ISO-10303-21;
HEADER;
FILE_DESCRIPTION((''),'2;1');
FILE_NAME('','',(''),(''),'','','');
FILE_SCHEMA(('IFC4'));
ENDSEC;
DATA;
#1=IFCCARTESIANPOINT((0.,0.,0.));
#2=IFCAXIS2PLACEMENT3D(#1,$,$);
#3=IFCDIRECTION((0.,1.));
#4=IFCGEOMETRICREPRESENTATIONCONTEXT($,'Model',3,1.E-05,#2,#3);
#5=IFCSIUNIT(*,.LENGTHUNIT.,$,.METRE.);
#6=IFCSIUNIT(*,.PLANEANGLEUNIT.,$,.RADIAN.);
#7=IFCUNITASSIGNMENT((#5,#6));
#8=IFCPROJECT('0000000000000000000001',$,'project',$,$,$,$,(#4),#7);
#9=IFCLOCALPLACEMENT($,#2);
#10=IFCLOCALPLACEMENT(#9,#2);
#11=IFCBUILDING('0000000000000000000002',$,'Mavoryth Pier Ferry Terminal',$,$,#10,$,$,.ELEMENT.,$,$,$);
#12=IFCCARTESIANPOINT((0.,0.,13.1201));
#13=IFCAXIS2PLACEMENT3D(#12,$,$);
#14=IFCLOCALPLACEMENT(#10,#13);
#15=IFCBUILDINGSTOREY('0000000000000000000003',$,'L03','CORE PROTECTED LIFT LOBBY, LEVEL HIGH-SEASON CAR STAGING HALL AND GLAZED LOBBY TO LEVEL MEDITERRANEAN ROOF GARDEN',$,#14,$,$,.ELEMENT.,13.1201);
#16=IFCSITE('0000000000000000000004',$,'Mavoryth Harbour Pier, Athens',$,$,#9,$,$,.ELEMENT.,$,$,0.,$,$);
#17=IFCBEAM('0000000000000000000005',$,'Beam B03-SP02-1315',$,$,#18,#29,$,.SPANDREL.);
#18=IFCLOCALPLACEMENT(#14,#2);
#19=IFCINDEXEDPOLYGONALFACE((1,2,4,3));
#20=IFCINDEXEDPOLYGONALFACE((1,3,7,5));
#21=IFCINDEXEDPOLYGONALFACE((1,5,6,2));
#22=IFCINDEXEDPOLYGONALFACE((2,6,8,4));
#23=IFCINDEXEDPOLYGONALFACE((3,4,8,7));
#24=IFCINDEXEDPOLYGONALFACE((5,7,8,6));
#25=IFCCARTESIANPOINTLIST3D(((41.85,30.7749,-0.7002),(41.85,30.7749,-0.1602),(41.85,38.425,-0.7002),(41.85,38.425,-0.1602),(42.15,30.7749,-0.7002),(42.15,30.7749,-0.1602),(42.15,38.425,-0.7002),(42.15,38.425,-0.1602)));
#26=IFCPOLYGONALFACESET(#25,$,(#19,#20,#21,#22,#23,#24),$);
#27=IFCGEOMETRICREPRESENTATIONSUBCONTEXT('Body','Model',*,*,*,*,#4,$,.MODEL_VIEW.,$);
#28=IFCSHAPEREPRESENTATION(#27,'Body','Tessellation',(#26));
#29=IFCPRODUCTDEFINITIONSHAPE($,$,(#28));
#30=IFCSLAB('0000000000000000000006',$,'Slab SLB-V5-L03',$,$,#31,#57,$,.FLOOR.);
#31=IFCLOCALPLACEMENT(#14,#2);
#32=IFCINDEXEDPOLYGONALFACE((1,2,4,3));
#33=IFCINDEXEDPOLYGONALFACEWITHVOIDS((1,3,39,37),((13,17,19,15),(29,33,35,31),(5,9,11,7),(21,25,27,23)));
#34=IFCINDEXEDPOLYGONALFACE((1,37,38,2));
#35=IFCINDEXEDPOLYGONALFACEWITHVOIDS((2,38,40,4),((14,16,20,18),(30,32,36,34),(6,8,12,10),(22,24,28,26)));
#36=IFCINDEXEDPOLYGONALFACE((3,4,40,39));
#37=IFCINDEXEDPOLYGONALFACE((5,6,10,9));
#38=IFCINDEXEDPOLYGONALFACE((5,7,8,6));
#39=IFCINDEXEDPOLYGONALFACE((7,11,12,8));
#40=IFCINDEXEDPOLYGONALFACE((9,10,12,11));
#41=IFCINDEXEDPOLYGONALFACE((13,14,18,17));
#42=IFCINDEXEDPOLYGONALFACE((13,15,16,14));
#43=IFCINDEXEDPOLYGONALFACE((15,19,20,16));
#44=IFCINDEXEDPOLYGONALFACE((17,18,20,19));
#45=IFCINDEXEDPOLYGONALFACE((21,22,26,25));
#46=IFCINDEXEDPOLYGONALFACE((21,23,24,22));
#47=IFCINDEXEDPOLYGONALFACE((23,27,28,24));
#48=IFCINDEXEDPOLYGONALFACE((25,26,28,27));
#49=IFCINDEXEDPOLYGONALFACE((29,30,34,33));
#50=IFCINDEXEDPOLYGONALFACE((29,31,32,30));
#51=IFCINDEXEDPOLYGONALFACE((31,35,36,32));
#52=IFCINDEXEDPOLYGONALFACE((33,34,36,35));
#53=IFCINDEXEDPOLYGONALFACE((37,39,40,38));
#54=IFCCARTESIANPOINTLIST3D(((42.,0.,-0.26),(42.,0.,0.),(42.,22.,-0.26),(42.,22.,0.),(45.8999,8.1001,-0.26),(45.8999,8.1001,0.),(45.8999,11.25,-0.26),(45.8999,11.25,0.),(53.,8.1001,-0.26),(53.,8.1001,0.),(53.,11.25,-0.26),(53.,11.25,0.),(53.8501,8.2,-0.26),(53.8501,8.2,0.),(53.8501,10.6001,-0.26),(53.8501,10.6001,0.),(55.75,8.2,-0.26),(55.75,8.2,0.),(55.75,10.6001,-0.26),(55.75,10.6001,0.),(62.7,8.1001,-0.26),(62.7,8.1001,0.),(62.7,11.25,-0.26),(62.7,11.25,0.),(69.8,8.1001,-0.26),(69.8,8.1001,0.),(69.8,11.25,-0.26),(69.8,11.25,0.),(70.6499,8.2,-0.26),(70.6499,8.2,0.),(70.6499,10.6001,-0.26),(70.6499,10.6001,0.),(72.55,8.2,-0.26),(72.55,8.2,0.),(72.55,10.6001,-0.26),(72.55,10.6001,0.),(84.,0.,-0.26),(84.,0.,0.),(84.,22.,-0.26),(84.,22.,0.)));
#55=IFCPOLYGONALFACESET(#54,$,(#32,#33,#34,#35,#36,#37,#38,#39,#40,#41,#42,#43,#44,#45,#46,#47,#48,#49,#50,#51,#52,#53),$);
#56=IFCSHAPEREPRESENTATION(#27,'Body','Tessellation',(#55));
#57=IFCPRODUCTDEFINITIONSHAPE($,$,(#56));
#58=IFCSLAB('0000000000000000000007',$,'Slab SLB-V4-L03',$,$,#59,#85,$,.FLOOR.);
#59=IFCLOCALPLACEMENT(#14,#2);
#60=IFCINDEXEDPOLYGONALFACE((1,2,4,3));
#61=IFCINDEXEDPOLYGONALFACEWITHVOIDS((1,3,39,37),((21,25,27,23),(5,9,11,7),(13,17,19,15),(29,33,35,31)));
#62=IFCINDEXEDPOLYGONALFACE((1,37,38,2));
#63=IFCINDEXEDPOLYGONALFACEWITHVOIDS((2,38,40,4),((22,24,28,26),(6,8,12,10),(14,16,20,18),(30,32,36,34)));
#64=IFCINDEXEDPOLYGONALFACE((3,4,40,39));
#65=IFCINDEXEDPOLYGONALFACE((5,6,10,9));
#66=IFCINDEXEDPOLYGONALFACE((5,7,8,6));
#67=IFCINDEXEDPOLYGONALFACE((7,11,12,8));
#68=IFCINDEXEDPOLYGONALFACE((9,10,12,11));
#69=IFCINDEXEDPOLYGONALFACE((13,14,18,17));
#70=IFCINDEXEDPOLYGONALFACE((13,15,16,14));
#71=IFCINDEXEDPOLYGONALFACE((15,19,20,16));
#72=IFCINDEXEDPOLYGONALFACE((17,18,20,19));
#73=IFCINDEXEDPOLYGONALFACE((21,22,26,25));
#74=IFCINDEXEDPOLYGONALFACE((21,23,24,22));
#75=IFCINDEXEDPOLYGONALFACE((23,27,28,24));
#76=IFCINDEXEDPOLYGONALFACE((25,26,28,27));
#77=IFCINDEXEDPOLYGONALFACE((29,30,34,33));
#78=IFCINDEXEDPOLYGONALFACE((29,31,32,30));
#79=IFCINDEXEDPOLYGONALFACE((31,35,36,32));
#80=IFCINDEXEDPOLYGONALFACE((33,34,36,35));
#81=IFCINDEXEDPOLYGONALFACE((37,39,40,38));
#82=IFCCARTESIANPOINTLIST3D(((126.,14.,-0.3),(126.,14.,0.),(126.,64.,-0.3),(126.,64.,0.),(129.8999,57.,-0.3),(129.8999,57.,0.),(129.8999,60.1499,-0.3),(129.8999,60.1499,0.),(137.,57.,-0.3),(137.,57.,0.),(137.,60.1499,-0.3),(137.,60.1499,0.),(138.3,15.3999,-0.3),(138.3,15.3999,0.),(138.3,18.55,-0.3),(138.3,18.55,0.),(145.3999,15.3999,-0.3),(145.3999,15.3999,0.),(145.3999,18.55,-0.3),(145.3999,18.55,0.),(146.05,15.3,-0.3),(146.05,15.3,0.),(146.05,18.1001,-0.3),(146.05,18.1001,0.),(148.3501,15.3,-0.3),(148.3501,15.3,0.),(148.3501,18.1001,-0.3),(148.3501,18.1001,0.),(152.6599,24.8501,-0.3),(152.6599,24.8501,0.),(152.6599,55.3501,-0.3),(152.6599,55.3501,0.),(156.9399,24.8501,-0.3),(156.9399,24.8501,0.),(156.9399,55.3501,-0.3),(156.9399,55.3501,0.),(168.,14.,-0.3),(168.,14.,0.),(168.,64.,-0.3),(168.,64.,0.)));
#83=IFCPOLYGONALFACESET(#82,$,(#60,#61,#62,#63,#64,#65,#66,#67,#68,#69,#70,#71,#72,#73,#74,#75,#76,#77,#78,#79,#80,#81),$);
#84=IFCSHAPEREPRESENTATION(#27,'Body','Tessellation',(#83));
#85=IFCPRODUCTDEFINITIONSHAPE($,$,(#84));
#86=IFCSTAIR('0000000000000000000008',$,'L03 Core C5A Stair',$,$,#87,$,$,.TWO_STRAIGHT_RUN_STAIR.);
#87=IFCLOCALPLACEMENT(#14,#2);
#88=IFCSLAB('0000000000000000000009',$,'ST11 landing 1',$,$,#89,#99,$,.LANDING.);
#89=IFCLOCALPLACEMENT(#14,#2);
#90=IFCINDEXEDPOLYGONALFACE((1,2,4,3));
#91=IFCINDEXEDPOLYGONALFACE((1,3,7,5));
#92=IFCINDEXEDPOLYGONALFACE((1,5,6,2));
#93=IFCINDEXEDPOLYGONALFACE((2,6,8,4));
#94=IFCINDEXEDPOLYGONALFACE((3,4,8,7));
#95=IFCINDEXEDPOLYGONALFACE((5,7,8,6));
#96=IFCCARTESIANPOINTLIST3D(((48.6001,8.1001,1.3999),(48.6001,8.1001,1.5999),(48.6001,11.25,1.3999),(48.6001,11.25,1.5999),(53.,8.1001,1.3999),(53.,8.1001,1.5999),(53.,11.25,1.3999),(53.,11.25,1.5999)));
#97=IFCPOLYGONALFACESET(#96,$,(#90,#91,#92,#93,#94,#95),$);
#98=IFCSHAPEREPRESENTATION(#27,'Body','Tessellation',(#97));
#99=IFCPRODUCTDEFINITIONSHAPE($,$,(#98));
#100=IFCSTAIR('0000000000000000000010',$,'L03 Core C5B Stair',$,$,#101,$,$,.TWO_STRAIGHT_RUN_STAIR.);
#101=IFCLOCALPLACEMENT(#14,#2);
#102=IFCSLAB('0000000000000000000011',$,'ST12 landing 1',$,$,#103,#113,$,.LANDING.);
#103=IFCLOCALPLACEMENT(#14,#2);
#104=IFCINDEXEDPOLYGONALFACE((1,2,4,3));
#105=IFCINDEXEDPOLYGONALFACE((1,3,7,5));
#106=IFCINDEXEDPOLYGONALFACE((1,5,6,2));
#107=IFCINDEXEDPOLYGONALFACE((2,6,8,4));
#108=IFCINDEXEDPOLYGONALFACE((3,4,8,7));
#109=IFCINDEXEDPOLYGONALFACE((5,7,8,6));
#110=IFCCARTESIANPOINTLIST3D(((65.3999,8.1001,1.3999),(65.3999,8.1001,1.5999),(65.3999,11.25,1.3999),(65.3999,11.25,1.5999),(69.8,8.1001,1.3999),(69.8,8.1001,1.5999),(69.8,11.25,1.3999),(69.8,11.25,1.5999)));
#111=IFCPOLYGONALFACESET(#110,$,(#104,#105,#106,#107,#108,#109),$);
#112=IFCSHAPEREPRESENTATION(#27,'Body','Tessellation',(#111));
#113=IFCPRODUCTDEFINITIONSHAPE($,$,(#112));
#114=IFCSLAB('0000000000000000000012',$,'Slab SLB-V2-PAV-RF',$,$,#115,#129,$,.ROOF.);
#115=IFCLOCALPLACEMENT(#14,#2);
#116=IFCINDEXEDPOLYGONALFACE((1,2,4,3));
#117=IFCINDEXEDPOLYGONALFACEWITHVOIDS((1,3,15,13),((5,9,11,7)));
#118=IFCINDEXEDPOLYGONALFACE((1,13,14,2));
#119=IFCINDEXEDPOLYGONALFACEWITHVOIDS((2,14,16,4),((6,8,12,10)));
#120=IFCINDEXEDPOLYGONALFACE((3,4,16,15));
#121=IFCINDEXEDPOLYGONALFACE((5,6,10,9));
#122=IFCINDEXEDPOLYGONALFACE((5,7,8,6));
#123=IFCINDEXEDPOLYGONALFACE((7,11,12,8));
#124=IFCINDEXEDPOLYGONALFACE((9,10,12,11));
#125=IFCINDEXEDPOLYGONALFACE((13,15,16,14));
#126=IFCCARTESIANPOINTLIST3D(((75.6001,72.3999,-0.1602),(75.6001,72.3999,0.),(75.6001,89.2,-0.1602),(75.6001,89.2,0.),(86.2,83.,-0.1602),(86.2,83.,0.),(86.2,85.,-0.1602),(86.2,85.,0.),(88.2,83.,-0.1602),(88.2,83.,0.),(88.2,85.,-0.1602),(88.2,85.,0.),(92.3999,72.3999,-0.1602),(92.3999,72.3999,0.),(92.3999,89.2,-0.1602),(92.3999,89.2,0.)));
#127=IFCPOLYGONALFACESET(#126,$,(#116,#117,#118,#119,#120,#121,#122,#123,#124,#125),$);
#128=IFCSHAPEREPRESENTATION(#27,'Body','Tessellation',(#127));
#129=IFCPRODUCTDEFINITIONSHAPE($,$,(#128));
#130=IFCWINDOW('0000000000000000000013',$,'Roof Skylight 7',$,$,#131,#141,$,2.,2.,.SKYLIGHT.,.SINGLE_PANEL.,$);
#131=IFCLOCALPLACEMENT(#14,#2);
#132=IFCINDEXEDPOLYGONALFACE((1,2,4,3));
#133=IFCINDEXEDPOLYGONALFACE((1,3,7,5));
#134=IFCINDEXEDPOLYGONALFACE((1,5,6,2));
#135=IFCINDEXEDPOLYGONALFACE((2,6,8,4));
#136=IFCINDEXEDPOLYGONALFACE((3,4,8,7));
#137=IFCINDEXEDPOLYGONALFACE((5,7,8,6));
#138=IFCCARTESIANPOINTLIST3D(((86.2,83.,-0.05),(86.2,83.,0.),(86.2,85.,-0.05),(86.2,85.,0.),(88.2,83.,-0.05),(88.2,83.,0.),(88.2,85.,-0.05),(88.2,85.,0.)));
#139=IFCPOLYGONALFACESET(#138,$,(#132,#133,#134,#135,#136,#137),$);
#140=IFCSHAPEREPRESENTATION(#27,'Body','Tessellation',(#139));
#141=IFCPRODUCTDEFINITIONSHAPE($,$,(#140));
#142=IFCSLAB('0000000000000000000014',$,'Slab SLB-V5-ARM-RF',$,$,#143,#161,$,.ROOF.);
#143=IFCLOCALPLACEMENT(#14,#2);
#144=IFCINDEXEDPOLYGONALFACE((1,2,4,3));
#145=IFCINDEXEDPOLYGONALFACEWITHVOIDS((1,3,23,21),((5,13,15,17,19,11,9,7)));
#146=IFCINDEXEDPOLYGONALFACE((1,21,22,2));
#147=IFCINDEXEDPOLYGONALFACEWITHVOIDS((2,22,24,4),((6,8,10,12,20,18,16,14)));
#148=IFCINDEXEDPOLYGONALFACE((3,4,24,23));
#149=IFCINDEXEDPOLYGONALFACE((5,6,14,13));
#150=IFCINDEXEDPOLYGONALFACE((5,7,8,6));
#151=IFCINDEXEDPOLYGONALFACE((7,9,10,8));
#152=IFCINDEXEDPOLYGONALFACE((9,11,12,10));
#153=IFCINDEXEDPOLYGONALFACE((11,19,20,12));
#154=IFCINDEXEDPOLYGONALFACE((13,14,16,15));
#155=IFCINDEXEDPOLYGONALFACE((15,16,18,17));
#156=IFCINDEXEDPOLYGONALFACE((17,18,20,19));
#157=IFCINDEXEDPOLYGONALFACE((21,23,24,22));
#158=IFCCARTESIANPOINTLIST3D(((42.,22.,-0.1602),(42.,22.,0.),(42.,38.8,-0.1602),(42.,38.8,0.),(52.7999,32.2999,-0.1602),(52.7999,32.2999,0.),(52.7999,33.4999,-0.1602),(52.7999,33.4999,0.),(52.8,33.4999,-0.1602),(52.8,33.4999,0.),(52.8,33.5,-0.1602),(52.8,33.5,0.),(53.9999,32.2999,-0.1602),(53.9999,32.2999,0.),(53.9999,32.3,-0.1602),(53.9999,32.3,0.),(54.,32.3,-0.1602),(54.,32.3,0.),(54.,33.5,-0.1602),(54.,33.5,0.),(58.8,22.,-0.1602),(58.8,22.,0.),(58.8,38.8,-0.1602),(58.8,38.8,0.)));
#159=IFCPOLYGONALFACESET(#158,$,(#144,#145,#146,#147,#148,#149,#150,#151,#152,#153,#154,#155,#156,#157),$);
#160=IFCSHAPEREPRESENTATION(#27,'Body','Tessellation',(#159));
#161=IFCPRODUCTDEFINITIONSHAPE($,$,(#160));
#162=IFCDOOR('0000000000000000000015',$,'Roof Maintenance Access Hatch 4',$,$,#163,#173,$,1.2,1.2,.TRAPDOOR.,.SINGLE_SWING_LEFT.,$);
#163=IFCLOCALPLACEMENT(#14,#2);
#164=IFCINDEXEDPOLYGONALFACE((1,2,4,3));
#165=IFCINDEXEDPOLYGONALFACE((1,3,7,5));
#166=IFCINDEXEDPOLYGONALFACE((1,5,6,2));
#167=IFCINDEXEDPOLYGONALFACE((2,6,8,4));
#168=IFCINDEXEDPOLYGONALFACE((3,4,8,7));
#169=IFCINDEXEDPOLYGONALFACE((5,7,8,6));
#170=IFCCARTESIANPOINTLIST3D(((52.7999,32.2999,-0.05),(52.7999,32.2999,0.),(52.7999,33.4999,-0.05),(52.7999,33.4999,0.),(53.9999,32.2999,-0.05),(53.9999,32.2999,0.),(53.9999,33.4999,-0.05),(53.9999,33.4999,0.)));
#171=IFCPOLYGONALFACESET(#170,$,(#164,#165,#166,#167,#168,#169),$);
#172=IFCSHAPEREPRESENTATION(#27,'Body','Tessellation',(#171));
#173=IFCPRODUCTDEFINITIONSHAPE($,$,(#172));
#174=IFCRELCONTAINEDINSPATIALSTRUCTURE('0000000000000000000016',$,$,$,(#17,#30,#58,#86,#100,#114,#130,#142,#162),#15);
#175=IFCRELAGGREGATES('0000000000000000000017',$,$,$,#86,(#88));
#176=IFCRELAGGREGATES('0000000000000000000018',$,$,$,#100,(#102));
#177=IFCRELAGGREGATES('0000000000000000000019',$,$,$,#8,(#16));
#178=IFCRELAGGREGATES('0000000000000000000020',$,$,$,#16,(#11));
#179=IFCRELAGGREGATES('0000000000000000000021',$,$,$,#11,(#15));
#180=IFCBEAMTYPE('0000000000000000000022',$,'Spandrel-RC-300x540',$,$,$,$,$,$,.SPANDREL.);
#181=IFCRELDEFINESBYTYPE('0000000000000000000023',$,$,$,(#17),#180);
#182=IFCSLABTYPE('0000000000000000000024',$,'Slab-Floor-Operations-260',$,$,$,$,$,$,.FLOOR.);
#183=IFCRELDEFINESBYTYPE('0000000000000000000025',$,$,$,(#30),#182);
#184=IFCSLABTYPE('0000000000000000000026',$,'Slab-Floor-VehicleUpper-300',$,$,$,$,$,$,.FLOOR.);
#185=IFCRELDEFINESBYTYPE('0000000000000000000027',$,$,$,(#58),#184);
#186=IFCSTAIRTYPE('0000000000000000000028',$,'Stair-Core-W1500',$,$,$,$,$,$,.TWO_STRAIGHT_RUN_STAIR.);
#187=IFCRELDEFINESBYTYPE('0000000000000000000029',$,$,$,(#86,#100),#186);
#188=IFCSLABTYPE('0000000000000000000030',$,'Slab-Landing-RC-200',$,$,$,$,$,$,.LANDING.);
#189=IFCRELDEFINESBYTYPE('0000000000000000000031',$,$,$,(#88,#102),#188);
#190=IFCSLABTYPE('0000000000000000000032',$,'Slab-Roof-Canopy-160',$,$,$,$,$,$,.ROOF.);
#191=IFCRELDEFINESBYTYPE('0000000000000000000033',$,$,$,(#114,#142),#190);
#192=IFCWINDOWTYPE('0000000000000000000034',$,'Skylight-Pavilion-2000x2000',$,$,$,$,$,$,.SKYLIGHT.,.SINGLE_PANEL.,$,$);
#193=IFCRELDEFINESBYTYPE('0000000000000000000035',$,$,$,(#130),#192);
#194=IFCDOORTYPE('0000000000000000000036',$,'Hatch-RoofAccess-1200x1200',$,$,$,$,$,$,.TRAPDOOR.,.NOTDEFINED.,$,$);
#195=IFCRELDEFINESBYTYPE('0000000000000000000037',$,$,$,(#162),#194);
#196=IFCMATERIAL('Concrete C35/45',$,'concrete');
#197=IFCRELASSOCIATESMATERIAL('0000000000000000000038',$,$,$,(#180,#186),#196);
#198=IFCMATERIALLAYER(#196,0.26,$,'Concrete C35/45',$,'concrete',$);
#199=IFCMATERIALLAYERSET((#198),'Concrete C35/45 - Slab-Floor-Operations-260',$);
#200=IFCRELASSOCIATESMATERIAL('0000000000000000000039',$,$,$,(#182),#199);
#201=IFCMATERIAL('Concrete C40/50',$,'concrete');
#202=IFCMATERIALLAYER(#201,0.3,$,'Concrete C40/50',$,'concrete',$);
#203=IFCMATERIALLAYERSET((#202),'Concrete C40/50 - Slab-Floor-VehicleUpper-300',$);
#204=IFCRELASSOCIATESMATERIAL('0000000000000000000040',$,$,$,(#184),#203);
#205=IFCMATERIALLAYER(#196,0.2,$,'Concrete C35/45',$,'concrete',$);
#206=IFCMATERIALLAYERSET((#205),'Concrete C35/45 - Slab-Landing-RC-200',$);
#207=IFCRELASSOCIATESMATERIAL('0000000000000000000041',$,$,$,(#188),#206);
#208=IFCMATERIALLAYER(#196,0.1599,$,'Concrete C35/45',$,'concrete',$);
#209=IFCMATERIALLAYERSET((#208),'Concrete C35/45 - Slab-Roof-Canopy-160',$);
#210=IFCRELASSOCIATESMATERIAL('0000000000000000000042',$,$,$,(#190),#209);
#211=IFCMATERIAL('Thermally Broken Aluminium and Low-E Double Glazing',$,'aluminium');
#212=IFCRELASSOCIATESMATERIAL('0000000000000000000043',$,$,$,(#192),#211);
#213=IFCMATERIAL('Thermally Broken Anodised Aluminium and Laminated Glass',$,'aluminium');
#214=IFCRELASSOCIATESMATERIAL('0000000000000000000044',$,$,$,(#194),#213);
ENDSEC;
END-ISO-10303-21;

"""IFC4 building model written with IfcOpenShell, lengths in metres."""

from ifc_helpers import new_model, si_unit, direction, frame, origin, origin_2d, place, context, subcontext, project, spatial, polyline, rectangle, outline, extrude, material, layer, layer_set, material_profile, profile_set, type_object, element, fill, aggregate, save


model = new_model("IFC4")

# Units and contexts
model_context = context("Model", 3, precision=1e-05, world=origin(), true_north=direction((0.0, 1.0)))
body_context = subcontext(model_context, "Body", "Model", "MODEL_VIEW")
ifc_project = project(units=[si_unit("LENGTHUNIT", "METRE"), si_unit("PLANEANGLEUNIT", "RADIAN")], contexts=[model_context])

# Site, building, storey
site_placement = place(None, origin())
site = spatial("IfcSite", under=ifc_project, at=site_placement, Name="Mavoryth Harbour Pier, Athens", CompositionType="ELEMENT", RefElevation=0.0)
building_placement = place(site_placement, origin())
building = spatial("IfcBuilding", under=site, at=building_placement, Name="Mavoryth Pier Ferry Terminal", CompositionType="ELEMENT")
storey_placement = place(building_placement, frame((0.0, 0.0, 13.1201)))
storey = spatial("IfcBuildingStorey", under=building, at=storey_placement, Name="L03", Description="CORE PROTECTED LIFT LOBBY, LEVEL HIGH-SEASON CAR STAGING HALL AND GLAZED LOBBY TO LEVEL MEDITERRANEAN ROOF GARDEN", CompositionType="ELEMENT", Elevation=13.1201)

# Shared definitions
ifc_material_1 = material(Name="Concrete C40/50", Category="concrete")

# Beam
ifc_material_2 = material(Name="Concrete C35/45", Category="concrete")
ifc_material_profile_1 = material_profile(ifc_material_2, rectangle(XDim=0.3, YDim=0.54, at=origin_2d()), Name="RC 300x540", Category="concrete")
ifc_profile_set_1 = profile_set([ifc_material_profile_1], Name="Concrete C35/45 - RC 300x540")
beam_type = type_object("IfcBeamType", Name="Spandrel-RC-300x540", PredefinedType="SPANDREL", material=ifc_profile_set_1)
beam_1_placement = place(storey_placement, frame((42.0, 30.7749, -0.4302), z_axis=(0.0, 1.0, 0.0), x_axis=(-1.0, 0.0, 0.0)))
element("IfcBeam", 1, at=beam_1_placement, inside=storey, type_object=beam_type, Name="Beam B03-SP02-1315", PredefinedType="SPANDREL", context=body_context, shape_type="SweptSolid", body=[
    extrude(rectangle(XDim=0.3, YDim=0.54, at=origin_2d()), origin(), (0.0, 0.0, 1.0), 7.6501),
])

# Slabs
ifc_layer_1 = layer(ifc_material_2, 0.26, Name="Concrete C35/45", Category="concrete")
ifc_layer_set_1 = layer_set([ifc_layer_1], Name="Concrete C35/45 - Slab-Floor-Operations-260")
slab_type_1 = type_object("IfcSlabType", Name="Slab-Floor-Operations-260", PredefinedType="FLOOR", material=ifc_layer_set_1)
slab_1_placement = place(storey_placement, frame((0.0, 0.0, -0.26)))
element("IfcSlab", 2, at=slab_1_placement, inside=storey, type_object=slab_type_1, Name="Slab SLB-V5-L03", PredefinedType="FLOOR", context=body_context, shape_type="SweptSolid", body=[
    extrude(outline(polyline([(42.0, 0.0), (84.0, 0.0), (84.0, 22.0), (42.0, 22.0), (42.0, 0.0)]), holes=[polyline([(45.8999, 8.1001), (53.0, 8.1001), (53.0, 11.25), (45.8999, 11.25), (45.8999, 8.1001)]), polyline([(62.7, 8.1001), (69.8, 8.1001), (69.8, 11.25), (62.7, 11.25), (62.7, 8.1001)]), polyline([(53.8501, 8.2), (55.75, 8.2), (55.75, 10.6001), (53.8501, 10.6001), (53.8501, 8.2)]), polyline([(70.6499, 8.2), (72.55, 8.2), (72.55, 10.6001), (70.6499, 10.6001), (70.6499, 8.2)])]), origin(), (0.0, 0.0, 1.0), 0.26),
])
ifc_layer_2 = layer(ifc_material_1, 0.3, Name="Concrete C40/50", Category="concrete")
ifc_layer_set_2 = layer_set([ifc_layer_2], Name="Concrete C40/50 - Slab-Floor-VehicleUpper-300")
slab_type_2 = type_object("IfcSlabType", Name="Slab-Floor-VehicleUpper-300", PredefinedType="FLOOR", material=ifc_layer_set_2)
slab_2_placement = place(storey_placement, frame((0.0, 0.0, -0.3)))
element("IfcSlab", 3, at=slab_2_placement, inside=storey, type_object=slab_type_2, Name="Slab SLB-V4-L03", PredefinedType="FLOOR", context=body_context, shape_type="SweptSolid", body=[
    extrude(outline(polyline([(126.0, 14.0), (168.0, 14.0), (168.0, 64.0), (126.0, 64.0), (126.0, 14.0)]), holes=[polyline([(138.3, 15.3999), (145.3999, 15.3999), (145.3999, 18.55), (138.3, 18.55), (138.3, 15.3999)]), polyline([(129.8999, 57.0), (137.0, 57.0), (137.0, 60.1499), (129.8999, 60.1499), (129.8999, 57.0)]), polyline([(146.05, 15.3), (148.3501, 15.3), (148.3501, 18.1001), (146.05, 18.1001), (146.05, 15.3)]), polyline([(152.6599, 24.8501), (156.9399, 24.8501), (156.9399, 55.3501), (152.6599, 55.3501), (152.6599, 24.8501)])]), origin(), (0.0, 0.0, 1.0), 0.3),
])

# Stairs, slabs
stair_type = type_object("IfcStairType", Name="Stair-Core-W1500", PredefinedType="TWO_STRAIGHT_RUN_STAIR", material=ifc_material_2)
stair_1_placement = place(storey_placement, origin())
stair_1 = element("IfcStair", 4, at=stair_1_placement, inside=storey, type_object=stair_type, Name="L03 Core C5A Stair", PredefinedType="TWO_STRAIGHT_RUN_STAIR")
ifc_layer_3 = layer(ifc_material_2, 0.2, Name="Concrete C35/45", Category="concrete")
ifc_layer_set_3 = layer_set([ifc_layer_3], Name="Concrete C35/45 - Slab-Landing-RC-200")
slab_type_3 = type_object("IfcSlabType", Name="Slab-Landing-RC-200", PredefinedType="LANDING", material=ifc_layer_set_3)
slab_3_placement = place(storey_placement, frame((0.0, 0.0, 1.3999)))
slab_3 = element("IfcSlab", 5, at=slab_3_placement, type_object=slab_type_3, Name="ST11 landing 1", PredefinedType="LANDING", context=body_context, shape_type="SweptSolid", body=[
    extrude(outline(polyline([(48.6001, 8.1001), (53.0, 8.1001), (53.0, 11.25), (48.6001, 11.25), (48.6001, 8.1001)])), origin(), (0.0, 0.0, 1.0), 0.2),
])
aggregate(stair_1, [slab_3])
stair_2_placement = place(storey_placement, origin())
stair_2 = element("IfcStair", 6, at=stair_2_placement, inside=storey, type_object=stair_type, Name="L03 Core C5B Stair", PredefinedType="TWO_STRAIGHT_RUN_STAIR")
slab_4_placement = place(storey_placement, frame((0.0, 0.0, 1.3999)))
slab_4 = element("IfcSlab", 7, at=slab_4_placement, type_object=slab_type_3, Name="ST12 landing 1", PredefinedType="LANDING", context=body_context, shape_type="SweptSolid", body=[
    extrude(outline(polyline([(65.3999, 8.1001), (69.8, 8.1001), (69.8, 11.25), (65.3999, 11.25), (65.3999, 8.1001)])), origin(), (0.0, 0.0, 1.0), 0.2),
])
aggregate(stair_2, [slab_4])

# Slab, opening, window
ifc_layer_4 = layer(ifc_material_2, 0.1599, Name="Concrete C35/45", Category="concrete")
ifc_layer_set_4 = layer_set([ifc_layer_4], Name="Concrete C35/45 - Slab-Roof-Canopy-160")
slab_type_4 = type_object("IfcSlabType", Name="Slab-Roof-Canopy-160", PredefinedType="ROOF", material=ifc_layer_set_4)
slab_5_placement = place(storey_placement, frame((0.0, 0.0, -0.1602)))
slab_5 = element("IfcSlab", 8, at=slab_5_placement, inside=storey, type_object=slab_type_4, Name="Slab SLB-V2-PAV-RF", PredefinedType="ROOF", context=body_context, shape_type="SweptSolid", body=[
    extrude(outline(polyline([(75.6001, 72.3999), (92.3999, 72.3999), (92.3999, 89.2), (75.6001, 89.2), (75.6001, 72.3999)]), holes=[polyline([(86.2, 83.0), (88.2, 83.0), (88.2, 85.0), (86.2, 85.0), (86.2, 83.0)])]), origin(), (0.0, 0.0, 1.0), 0.1602),
])
opening_1_placement = place(slab_5_placement, frame((87.2, 84.0, 0.0)))
opening_1 = element("IfcOpeningElement", 9, at=opening_1_placement, cuts=slab_5, PredefinedType="OPENING", context=body_context, shape_type="SweptSolid", body=[
    extrude(rectangle(XDim=2.0, YDim=2.0, at=origin_2d()), frame((0.0, 0.0, -0.01)), (0.0, 0.0, 1.0), 0.1802),
])
ifc_material_3 = material(Name="Thermally Broken Aluminium and Low-E Double Glazing", Category="aluminium")
window_type = type_object("IfcWindowType", Name="Skylight-Pavilion-2000x2000", PartitioningType="SINGLE_PANEL", PredefinedType="SKYLIGHT", material=ifc_material_3)
window_placement = place(opening_1_placement, frame((0.0, 0.0, 0.1101)))
window = element("IfcWindow", 10, at=window_placement, inside=storey, type_object=window_type, Name="Roof Skylight 7", OverallHeight=2.0, OverallWidth=2.0, PartitioningType="SINGLE_PANEL", PredefinedType="SKYLIGHT", context=body_context, shape_type="SweptSolid", body=[
    extrude(rectangle(XDim=2.0, YDim=2.0, at=origin_2d()), origin(), (0.0, 0.0, 1.0), 0.05),
])
fill(opening_1, window)

# Slab, opening, door
slab_6_placement = place(storey_placement, frame((0.0, 0.0, -0.1602)))
slab_6 = element("IfcSlab", 11, at=slab_6_placement, inside=storey, type_object=slab_type_4, Name="Slab SLB-V5-ARM-RF", PredefinedType="ROOF", context=body_context, shape_type="SweptSolid", body=[
    extrude(outline(polyline([(42.0, 22.0), (58.8, 22.0), (58.8, 38.8), (42.0, 38.8), (42.0, 22.0)]), holes=[polyline([(52.8, 32.3), (54.0, 32.3), (54.0, 33.5), (52.8, 33.5), (52.8, 32.3)])]), origin(), (0.0, 0.0, 1.0), 0.1602),
])
opening_2_placement = place(slab_6_placement, frame((53.3999, 32.8999, 0.0)))
opening_2 = element("IfcOpeningElement", 12, at=opening_2_placement, cuts=slab_6, PredefinedType="OPENING", context=body_context, shape_type="SweptSolid", body=[
    extrude(rectangle(XDim=1.2, YDim=1.2, at=origin_2d()), frame((0.0, 0.0, -0.01)), (0.0, 0.0, 1.0), 0.1802),
])
ifc_material_4 = material(Name="Thermally Broken Anodised Aluminium and Laminated Glass", Category="aluminium")
door_type = type_object("IfcDoorType", Name="Hatch-RoofAccess-1200x1200", OperationType="NOTDEFINED", PredefinedType="TRAPDOOR", material=ifc_material_4)
door_placement = place(opening_2_placement, frame((0.0, 0.0, 0.1101)))
door = element("IfcDoor", 13, at=door_placement, inside=storey, type_object=door_type, Name="Roof Maintenance Access Hatch 4", OperationType="SINGLE_SWING_LEFT", OverallHeight=1.2, OverallWidth=1.2, PredefinedType="TRAPDOOR", context=body_context, shape_type="SweptSolid", body=[
    extrude(rectangle(XDim=1.2, YDim=1.2, at=origin_2d()), origin(), (0.0, 0.0, 1.0), 0.05),
])
fill(opening_2, door)

save(model, "model.ifc")
